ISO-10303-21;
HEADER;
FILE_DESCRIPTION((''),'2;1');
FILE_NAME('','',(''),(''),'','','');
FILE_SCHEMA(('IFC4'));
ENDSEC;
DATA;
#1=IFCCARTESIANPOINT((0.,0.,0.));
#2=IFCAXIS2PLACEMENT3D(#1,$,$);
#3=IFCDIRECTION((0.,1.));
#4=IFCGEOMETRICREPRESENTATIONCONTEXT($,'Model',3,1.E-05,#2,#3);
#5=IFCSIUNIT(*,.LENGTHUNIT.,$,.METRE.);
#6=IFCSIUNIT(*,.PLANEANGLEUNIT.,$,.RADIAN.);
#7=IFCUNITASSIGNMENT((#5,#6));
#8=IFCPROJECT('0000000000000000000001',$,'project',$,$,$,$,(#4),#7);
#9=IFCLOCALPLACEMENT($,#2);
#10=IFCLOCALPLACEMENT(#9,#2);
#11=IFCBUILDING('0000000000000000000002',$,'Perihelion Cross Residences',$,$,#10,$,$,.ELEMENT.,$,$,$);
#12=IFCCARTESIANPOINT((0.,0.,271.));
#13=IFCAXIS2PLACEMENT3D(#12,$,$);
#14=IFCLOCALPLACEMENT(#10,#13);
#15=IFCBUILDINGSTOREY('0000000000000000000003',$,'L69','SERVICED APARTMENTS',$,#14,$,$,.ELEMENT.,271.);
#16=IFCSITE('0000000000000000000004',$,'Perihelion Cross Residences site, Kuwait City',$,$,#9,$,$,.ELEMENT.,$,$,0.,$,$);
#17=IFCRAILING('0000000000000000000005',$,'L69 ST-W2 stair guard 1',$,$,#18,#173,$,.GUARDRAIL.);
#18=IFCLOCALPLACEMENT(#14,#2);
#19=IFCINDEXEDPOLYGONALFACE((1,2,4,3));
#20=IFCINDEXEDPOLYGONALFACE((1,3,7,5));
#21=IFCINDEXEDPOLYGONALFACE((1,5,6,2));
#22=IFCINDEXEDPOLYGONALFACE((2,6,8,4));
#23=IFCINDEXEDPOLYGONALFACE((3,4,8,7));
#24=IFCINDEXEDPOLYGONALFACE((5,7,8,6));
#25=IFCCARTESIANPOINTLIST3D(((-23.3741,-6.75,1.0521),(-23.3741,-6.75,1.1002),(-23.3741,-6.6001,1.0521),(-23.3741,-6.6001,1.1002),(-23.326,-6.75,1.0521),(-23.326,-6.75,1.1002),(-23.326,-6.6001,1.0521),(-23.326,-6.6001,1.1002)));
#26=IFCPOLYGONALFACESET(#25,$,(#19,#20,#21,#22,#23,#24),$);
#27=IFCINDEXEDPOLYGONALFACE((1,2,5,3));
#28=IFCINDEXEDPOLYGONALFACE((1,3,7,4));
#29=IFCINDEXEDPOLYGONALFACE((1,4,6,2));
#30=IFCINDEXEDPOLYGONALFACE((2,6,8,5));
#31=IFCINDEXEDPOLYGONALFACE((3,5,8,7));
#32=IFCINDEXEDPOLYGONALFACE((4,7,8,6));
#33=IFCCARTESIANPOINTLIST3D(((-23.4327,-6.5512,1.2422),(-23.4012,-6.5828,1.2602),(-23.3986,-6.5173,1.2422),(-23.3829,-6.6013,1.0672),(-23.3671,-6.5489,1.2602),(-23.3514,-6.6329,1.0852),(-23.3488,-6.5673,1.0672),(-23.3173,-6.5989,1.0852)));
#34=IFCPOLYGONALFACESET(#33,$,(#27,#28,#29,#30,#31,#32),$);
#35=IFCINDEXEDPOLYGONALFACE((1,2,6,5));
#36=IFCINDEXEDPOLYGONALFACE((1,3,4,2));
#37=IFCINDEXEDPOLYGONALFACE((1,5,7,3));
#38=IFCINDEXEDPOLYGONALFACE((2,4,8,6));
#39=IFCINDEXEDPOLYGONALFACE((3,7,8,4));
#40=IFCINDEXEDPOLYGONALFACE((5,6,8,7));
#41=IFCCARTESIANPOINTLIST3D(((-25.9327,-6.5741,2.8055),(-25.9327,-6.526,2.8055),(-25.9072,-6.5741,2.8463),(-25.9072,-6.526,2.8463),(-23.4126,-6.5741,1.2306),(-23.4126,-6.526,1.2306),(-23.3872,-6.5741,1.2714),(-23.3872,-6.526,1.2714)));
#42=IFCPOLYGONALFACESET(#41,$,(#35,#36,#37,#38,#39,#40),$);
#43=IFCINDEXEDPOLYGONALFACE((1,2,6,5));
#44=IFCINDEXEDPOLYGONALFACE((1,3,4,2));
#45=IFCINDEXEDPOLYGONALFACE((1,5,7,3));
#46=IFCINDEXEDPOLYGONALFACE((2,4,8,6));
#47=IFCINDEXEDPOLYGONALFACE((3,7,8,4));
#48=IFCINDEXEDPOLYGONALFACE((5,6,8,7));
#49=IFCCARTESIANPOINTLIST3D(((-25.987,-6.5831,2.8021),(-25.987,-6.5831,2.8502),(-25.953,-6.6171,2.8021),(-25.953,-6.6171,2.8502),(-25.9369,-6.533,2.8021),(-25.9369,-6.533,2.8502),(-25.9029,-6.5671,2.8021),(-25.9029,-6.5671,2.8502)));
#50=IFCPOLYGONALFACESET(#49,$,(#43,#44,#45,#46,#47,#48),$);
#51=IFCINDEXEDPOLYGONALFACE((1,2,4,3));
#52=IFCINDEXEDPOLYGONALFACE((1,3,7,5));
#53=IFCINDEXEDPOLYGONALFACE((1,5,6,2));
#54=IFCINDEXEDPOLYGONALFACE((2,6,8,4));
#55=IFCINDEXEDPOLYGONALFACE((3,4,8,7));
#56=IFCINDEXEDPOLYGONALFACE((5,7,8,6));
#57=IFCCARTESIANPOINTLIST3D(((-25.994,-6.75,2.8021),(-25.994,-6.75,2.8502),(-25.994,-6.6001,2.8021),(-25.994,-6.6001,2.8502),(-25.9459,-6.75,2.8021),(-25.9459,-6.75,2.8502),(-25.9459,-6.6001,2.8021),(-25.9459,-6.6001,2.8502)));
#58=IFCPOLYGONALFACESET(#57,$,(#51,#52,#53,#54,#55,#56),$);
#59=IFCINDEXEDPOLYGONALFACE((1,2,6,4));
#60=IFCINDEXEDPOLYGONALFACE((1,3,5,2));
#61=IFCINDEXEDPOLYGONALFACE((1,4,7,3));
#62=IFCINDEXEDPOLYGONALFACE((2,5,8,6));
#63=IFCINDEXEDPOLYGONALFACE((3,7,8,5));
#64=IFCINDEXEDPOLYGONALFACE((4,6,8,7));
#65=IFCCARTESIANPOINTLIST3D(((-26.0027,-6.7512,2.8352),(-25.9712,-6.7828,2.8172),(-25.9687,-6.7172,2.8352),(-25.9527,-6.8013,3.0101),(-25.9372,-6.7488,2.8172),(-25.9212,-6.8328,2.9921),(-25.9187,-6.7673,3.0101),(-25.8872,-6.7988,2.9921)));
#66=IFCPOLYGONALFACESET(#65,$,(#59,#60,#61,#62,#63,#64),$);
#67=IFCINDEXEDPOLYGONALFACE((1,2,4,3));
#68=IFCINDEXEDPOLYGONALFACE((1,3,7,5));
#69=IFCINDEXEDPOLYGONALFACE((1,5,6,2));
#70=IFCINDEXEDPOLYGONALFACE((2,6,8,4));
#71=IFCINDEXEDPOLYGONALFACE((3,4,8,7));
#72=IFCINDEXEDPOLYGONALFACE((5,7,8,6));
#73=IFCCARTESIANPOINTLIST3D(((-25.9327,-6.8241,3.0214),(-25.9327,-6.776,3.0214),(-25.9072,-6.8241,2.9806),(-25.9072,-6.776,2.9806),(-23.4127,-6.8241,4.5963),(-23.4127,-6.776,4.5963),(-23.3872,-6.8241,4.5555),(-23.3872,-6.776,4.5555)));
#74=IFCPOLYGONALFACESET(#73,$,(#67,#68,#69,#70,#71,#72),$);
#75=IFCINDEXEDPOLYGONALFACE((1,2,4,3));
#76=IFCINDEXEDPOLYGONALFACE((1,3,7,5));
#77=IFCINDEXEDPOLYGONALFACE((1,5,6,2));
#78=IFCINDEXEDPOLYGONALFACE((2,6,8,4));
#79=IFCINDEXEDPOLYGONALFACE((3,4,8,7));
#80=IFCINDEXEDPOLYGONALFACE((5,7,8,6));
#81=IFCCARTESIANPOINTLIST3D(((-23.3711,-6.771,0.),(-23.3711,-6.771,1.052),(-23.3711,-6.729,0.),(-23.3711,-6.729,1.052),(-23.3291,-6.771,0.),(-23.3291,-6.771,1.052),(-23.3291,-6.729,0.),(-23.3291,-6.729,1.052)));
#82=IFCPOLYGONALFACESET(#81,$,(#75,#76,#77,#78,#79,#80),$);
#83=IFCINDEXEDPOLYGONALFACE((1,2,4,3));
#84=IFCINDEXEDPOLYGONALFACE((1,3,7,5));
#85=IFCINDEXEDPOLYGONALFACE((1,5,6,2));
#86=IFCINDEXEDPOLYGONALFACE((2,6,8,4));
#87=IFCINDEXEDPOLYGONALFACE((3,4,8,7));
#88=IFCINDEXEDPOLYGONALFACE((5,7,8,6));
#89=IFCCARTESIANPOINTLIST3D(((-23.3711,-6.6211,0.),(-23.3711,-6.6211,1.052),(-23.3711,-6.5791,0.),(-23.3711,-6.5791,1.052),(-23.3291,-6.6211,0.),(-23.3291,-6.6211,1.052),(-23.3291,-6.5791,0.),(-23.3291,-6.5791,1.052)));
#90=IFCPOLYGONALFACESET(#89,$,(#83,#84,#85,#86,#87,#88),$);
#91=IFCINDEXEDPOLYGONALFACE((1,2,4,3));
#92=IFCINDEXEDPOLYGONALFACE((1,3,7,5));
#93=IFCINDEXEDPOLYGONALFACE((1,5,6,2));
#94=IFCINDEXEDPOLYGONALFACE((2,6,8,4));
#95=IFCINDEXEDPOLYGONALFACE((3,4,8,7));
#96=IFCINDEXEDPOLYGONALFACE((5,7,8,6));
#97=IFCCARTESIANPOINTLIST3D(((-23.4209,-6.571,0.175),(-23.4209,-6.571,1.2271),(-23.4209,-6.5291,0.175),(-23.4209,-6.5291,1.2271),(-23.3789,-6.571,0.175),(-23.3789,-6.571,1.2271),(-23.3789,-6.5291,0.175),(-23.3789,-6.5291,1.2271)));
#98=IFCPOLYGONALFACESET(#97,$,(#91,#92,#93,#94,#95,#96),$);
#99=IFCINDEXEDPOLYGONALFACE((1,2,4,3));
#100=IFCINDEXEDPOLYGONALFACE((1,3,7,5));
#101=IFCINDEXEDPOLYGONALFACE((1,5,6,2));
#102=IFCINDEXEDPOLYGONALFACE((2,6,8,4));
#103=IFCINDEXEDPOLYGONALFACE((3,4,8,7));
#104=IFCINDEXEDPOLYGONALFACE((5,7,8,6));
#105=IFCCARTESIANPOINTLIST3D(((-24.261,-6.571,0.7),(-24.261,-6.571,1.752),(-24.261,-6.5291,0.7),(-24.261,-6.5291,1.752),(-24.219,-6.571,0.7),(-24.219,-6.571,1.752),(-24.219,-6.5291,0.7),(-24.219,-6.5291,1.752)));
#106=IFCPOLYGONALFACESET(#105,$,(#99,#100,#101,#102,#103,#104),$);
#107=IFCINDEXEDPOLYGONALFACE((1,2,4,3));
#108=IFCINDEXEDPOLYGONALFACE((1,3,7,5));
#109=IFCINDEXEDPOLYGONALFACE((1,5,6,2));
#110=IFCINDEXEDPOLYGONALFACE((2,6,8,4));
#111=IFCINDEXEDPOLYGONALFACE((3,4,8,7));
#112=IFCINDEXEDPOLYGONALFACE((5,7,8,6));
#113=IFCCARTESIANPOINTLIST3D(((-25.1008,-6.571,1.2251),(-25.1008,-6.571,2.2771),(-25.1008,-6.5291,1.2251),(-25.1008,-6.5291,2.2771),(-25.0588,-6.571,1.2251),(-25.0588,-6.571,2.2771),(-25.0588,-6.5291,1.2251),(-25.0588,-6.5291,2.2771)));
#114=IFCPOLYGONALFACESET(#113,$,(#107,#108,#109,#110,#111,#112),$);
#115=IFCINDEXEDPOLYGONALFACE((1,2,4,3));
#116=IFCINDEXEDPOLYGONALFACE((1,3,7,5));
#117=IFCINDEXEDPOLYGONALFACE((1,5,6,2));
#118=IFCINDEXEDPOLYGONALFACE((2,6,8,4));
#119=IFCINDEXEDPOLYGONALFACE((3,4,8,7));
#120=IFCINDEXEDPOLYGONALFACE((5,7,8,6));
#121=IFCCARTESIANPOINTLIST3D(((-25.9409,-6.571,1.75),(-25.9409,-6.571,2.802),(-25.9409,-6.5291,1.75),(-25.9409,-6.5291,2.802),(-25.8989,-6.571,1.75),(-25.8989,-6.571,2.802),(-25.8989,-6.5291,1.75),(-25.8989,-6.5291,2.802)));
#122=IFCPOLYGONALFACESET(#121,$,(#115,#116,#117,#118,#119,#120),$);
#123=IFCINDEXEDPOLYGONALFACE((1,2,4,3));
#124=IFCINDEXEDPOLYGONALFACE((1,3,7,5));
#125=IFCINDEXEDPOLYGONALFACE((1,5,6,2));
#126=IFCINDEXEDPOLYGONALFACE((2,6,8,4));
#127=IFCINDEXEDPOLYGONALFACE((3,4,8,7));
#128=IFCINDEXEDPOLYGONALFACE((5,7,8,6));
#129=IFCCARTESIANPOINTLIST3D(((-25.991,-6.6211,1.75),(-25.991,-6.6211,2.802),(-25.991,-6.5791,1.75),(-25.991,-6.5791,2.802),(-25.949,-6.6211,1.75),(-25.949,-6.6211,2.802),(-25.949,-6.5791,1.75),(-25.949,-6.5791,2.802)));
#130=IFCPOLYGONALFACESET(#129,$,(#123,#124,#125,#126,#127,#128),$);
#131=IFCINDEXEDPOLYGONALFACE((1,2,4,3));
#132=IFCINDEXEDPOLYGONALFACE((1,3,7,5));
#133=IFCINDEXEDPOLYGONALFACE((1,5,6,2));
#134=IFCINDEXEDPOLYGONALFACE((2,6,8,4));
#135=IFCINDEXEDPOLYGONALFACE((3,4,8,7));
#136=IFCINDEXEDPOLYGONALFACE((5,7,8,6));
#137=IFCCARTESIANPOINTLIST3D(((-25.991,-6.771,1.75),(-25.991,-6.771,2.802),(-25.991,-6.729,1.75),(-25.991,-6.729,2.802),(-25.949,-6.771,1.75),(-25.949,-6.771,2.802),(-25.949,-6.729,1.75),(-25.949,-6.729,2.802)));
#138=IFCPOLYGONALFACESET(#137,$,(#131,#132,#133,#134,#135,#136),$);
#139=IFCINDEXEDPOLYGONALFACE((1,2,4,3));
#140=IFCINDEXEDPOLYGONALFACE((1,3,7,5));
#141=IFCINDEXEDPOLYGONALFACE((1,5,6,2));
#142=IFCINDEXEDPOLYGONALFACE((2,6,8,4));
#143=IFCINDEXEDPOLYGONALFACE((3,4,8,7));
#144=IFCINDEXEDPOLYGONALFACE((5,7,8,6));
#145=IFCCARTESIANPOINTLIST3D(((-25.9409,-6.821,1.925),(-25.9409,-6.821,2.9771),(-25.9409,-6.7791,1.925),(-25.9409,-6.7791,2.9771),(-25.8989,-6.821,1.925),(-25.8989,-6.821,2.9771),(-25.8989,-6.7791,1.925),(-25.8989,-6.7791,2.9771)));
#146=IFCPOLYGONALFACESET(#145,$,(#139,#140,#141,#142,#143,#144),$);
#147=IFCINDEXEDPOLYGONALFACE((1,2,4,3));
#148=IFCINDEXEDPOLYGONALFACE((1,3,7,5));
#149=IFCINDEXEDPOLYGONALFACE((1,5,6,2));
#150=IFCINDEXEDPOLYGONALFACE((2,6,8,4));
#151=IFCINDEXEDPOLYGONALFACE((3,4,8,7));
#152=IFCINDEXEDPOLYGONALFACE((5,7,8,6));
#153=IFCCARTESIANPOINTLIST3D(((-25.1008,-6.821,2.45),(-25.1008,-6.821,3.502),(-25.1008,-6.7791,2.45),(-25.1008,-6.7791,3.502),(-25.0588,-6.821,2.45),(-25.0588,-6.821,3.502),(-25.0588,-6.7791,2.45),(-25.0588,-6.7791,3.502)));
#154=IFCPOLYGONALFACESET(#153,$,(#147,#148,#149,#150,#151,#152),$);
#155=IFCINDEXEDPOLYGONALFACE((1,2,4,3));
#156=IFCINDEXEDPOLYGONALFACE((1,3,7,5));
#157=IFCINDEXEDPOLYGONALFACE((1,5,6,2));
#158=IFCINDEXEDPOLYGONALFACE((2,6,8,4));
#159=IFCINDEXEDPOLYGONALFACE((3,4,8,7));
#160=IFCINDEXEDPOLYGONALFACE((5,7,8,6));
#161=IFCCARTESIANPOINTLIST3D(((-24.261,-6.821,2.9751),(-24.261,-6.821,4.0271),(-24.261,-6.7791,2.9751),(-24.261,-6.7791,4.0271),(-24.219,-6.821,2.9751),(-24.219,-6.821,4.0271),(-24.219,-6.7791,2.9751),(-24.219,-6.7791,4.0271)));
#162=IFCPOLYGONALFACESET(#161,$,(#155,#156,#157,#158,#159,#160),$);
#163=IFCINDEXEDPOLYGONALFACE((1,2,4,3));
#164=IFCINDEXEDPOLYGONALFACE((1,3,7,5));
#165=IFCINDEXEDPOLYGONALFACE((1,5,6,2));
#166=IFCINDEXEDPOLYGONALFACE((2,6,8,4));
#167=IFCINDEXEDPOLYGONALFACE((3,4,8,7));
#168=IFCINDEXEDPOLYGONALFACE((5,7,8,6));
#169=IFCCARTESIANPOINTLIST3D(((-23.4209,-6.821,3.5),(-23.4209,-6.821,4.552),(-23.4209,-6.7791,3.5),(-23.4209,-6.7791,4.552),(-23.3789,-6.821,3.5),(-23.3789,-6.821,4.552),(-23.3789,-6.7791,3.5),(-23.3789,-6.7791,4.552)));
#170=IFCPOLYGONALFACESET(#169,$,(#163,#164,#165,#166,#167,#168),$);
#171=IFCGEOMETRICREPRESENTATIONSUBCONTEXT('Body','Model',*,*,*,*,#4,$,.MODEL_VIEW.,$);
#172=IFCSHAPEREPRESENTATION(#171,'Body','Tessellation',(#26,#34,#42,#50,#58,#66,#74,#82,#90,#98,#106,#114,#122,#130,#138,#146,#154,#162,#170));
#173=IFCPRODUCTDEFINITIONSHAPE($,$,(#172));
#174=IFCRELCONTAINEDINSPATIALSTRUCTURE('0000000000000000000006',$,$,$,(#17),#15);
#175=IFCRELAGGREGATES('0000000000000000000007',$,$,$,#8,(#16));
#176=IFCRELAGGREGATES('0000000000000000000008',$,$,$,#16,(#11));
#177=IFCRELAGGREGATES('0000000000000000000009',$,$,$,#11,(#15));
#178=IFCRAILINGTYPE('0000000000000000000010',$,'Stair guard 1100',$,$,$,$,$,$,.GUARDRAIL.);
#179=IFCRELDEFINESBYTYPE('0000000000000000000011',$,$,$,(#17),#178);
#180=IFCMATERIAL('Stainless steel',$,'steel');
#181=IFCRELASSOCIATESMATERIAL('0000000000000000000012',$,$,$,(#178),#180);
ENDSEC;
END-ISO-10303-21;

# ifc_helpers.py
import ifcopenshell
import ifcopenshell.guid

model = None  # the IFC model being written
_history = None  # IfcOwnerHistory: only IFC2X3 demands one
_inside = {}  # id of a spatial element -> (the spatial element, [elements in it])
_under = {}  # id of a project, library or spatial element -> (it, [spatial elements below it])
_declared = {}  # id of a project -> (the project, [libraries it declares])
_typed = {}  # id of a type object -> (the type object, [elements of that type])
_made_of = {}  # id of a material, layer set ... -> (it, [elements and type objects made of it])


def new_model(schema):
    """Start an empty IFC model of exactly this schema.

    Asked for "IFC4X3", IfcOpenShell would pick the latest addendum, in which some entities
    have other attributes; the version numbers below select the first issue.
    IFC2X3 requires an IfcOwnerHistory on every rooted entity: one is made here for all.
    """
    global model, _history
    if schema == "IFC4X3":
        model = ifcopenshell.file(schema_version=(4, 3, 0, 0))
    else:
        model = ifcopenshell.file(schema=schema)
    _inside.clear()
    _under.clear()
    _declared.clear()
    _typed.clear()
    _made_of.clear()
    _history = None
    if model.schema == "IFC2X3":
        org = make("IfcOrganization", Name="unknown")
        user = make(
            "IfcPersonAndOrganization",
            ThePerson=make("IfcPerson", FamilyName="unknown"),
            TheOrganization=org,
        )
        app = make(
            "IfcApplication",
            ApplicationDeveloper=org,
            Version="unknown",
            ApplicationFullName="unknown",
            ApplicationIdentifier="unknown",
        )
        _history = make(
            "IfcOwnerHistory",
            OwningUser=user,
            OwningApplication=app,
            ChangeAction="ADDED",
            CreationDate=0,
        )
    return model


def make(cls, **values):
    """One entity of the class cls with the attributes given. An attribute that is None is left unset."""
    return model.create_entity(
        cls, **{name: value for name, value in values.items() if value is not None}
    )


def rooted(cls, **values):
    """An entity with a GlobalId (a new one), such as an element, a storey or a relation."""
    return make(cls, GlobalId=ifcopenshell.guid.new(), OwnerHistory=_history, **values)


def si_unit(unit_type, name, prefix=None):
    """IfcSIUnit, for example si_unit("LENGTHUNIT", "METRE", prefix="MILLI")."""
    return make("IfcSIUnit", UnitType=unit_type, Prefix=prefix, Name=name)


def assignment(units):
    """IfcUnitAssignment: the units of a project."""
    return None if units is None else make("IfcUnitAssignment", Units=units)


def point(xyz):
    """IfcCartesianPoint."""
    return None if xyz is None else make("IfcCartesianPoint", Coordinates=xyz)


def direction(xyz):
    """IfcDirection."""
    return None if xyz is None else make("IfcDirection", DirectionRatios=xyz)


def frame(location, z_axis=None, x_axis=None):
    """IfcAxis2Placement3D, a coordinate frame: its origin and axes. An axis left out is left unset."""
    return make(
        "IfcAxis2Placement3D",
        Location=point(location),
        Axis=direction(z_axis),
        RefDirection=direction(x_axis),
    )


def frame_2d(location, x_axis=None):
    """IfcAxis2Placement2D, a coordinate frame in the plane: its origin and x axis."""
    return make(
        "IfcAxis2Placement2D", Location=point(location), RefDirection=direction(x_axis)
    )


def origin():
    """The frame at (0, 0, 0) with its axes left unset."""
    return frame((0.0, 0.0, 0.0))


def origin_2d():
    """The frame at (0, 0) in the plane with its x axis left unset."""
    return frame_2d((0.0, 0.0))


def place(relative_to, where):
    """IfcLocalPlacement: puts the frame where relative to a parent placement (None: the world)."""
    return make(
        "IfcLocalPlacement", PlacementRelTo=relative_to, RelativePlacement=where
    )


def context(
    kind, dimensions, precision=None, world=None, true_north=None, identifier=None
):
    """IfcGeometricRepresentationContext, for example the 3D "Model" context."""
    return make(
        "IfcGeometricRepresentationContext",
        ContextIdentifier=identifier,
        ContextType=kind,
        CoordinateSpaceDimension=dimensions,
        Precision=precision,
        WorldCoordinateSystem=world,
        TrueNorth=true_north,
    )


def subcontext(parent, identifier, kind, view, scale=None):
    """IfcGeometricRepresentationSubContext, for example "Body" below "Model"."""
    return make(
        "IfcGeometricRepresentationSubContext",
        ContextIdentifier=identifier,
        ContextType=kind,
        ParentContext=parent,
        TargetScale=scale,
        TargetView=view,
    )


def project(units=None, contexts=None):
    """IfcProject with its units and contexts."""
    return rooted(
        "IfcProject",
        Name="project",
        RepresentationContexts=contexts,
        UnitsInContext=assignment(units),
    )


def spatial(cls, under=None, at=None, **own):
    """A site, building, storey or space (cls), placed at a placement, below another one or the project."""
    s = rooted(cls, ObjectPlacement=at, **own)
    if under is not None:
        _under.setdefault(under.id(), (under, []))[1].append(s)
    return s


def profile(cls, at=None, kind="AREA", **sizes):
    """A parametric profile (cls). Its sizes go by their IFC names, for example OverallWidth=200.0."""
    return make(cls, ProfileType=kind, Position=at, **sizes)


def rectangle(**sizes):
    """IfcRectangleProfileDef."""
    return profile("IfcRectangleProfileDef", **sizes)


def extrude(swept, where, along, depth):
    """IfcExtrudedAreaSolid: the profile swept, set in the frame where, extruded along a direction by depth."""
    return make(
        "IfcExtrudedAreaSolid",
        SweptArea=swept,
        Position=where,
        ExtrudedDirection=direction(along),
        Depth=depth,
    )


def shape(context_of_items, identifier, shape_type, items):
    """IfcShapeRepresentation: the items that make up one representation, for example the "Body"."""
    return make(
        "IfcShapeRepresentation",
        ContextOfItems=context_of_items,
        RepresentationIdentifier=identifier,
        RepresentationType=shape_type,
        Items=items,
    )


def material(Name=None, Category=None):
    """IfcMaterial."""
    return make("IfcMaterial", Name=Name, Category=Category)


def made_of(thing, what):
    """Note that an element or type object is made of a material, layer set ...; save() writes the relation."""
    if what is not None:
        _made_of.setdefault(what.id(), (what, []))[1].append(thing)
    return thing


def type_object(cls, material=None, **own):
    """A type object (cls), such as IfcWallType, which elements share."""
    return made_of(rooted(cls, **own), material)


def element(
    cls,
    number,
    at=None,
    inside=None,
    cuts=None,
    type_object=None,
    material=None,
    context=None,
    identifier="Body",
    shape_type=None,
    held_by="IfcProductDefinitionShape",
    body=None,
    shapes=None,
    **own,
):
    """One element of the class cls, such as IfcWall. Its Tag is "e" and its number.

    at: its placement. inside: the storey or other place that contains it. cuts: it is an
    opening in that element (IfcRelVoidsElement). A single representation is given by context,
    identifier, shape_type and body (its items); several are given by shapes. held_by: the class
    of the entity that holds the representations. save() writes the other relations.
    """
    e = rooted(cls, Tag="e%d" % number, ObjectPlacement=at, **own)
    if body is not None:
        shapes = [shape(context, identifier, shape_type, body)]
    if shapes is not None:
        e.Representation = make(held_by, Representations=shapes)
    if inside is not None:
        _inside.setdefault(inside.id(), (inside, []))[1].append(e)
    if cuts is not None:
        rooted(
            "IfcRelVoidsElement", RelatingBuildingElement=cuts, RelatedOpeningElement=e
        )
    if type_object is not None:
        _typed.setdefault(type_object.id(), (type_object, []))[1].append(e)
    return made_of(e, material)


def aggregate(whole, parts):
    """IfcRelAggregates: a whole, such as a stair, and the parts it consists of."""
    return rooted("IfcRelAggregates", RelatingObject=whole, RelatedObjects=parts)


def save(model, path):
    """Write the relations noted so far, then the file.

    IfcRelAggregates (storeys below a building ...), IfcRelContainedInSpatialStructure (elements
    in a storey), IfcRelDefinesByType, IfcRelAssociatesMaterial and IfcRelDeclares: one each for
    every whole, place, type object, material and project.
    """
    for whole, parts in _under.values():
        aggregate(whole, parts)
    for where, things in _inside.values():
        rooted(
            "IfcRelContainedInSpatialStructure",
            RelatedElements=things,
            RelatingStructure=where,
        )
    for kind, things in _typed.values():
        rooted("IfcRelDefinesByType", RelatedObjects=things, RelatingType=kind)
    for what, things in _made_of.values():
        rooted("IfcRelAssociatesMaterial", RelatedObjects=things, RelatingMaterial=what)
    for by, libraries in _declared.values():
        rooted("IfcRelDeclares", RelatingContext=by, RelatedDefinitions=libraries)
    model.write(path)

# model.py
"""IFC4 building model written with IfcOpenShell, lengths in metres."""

from ifc_helpers import new_model, si_unit, direction, frame, origin, origin_2d, place, context, subcontext, project, spatial, rectangle, extrude, material, type_object, element, save


model = new_model("IFC4")

# Units and contexts
model_context = context("Model", 3, precision=1e-05, world=origin(), true_north=direction((0.0, 1.0)))
body_context = subcontext(model_context, "Body", "Model", "MODEL_VIEW")
ifc_project = project(units=[si_unit("LENGTHUNIT", "METRE"), si_unit("PLANEANGLEUNIT", "RADIAN")], contexts=[model_context])

# Site, building, storey
site_placement = place(None, origin())
site = spatial("IfcSite", under=ifc_project, at=site_placement, Name="Perihelion Cross Residences site, Kuwait City", CompositionType="ELEMENT", RefElevation=0.0)
building_placement = place(site_placement, origin())
building = spatial("IfcBuilding", under=site, at=building_placement, Name="Perihelion Cross Residences", CompositionType="ELEMENT")
storey_placement = place(building_placement, frame((0.0, 0.0, 271.0)))
storey = spatial("IfcBuildingStorey", under=building, at=storey_placement, Name="L69", Description="SERVICED APARTMENTS", CompositionType="ELEMENT", Elevation=271.0)

# Railing
ifc_material_1 = material(Name="Stainless steel", Category="steel")
railing_type_1 = type_object("IfcRailingType", Name="Stair guard 1100", PredefinedType="GUARDRAIL", material=ifc_material_1)
railing_1_placement = place(storey_placement, frame((-23.3501, -6.75, 0.0)))
element("IfcRailing", 1, at=railing_1_placement, inside=storey, type_object=railing_type_1, Name="L69 ST-W2 stair guard 1", PredefinedType="GUARDRAIL", context=body_context, shape_type="SweptSolid", body=[
    extrude(rectangle(XDim=0.0481, YDim=0.0481, at=origin_2d()), frame((0.0, 0.0, 1.0762), z_axis=(0.0, 1.0, 0.0), x_axis=(-1.0, 0.0, 0.0)), (0.0, 0.0, 1.0), 0.1499),
    extrude(rectangle(XDim=0.0481, YDim=0.0481, at=origin_2d()), frame((0.0, 0.1499, 1.0762), z_axis=(-0.263862, 0.265156, 0.927399), x_axis=(-0.708834, -0.705376, 0.0)), (0.0, 0.0, 1.0), 0.1887),
    extrude(rectangle(XDim=0.0481, YDim=0.0481, at=origin_2d()), frame((-0.0498, 0.2, 1.251), z_axis=(-0.848008, 0.0, 0.529984), x_axis=(0.0, -1.0, 0.0)), (0.0, 0.0, 1.0), 2.9717),
    extrude(rectangle(XDim=0.0481, YDim=0.0481, at=origin_2d()), frame((-2.5698, 0.2, 2.8262), z_axis=(-0.707107, -0.707107, 0.0), x_axis=(0.707107, -0.707107, 0.0)), (0.0, 0.0, 1.0), 0.0708),
    extrude(rectangle(XDim=0.0481, YDim=0.0481, at=origin_2d()), frame((-2.6199, 0.1499, 2.8262), z_axis=(0.0, -1.0, 0.0), x_axis=(1.0, 0.0, 0.0)), (0.0, 0.0, 1.0), 0.1499),
    extrude(rectangle(XDim=0.0481, YDim=0.0481, at=origin_2d()), frame((-2.6199, 0.0, 2.8262), z_axis=(0.265065, -0.265065, 0.927082), x_axis=(0.707107, 0.707107, 0.0)), (0.0, 0.0, 1.0), 0.1887),
    extrude(rectangle(XDim=0.0481, YDim=0.0481, at=origin_2d()), frame((-2.5698, -0.05, 3.001), z_axis=(0.848008, 0.0, 0.529984), x_axis=(0.0, 1.0, 0.0)), (0.0, 0.0, 1.0), 2.9717),
    extrude(rectangle(XDim=0.042, YDim=0.042, at=origin_2d()), origin(), (0.0, 0.0, 1.0), 1.052),
    extrude(rectangle(XDim=0.042, YDim=0.042, at=origin_2d()), frame((0.0, 0.1499, 0.0)), (0.0, 0.0, 1.0), 1.052),
    extrude(rectangle(XDim=0.042, YDim=0.042, at=origin_2d()), frame((-0.0498, 0.2, 0.175)), (0.0, 0.0, 1.0), 1.052),
    extrude(rectangle(XDim=0.042, YDim=0.042, at=origin_2d()), frame((-0.8899, 0.2, 0.7)), (0.0, 0.0, 1.0), 1.052),
    extrude(rectangle(XDim=0.042, YDim=0.042, at=origin_2d()), frame((-1.7297, 0.2, 1.2251)), (0.0, 0.0, 1.0), 1.052),
    extrude(rectangle(XDim=0.042, YDim=0.042, at=origin_2d()), frame((-2.5698, 0.2, 1.75)), (0.0, 0.0, 1.0), 1.052),
    extrude(rectangle(XDim=0.042, YDim=0.042, at=origin_2d()), frame((-2.6199, 0.1499, 1.75)), (0.0, 0.0, 1.0), 1.052),
    extrude(rectangle(XDim=0.042, YDim=0.042, at=origin_2d()), frame((-2.6199, 0.0, 1.75)), (0.0, 0.0, 1.0), 1.052),
    extrude(rectangle(XDim=0.042, YDim=0.042, at=origin_2d()), frame((-2.5698, -0.05, 1.925)), (0.0, 0.0, 1.0), 1.052),
    extrude(rectangle(XDim=0.042, YDim=0.042, at=origin_2d()), frame((-1.7297, -0.05, 2.45)), (0.0, 0.0, 1.0), 1.052),
    extrude(rectangle(XDim=0.042, YDim=0.042, at=origin_2d()), frame((-0.8899, -0.05, 2.9751)), (0.0, 0.0, 1.0), 1.052),
    extrude(rectangle(XDim=0.042, YDim=0.042, at=origin_2d()), frame((-0.0498, -0.05, 3.5)), (0.0, 0.0, 1.0), 1.052),
])

save(model, "model.ifc")
